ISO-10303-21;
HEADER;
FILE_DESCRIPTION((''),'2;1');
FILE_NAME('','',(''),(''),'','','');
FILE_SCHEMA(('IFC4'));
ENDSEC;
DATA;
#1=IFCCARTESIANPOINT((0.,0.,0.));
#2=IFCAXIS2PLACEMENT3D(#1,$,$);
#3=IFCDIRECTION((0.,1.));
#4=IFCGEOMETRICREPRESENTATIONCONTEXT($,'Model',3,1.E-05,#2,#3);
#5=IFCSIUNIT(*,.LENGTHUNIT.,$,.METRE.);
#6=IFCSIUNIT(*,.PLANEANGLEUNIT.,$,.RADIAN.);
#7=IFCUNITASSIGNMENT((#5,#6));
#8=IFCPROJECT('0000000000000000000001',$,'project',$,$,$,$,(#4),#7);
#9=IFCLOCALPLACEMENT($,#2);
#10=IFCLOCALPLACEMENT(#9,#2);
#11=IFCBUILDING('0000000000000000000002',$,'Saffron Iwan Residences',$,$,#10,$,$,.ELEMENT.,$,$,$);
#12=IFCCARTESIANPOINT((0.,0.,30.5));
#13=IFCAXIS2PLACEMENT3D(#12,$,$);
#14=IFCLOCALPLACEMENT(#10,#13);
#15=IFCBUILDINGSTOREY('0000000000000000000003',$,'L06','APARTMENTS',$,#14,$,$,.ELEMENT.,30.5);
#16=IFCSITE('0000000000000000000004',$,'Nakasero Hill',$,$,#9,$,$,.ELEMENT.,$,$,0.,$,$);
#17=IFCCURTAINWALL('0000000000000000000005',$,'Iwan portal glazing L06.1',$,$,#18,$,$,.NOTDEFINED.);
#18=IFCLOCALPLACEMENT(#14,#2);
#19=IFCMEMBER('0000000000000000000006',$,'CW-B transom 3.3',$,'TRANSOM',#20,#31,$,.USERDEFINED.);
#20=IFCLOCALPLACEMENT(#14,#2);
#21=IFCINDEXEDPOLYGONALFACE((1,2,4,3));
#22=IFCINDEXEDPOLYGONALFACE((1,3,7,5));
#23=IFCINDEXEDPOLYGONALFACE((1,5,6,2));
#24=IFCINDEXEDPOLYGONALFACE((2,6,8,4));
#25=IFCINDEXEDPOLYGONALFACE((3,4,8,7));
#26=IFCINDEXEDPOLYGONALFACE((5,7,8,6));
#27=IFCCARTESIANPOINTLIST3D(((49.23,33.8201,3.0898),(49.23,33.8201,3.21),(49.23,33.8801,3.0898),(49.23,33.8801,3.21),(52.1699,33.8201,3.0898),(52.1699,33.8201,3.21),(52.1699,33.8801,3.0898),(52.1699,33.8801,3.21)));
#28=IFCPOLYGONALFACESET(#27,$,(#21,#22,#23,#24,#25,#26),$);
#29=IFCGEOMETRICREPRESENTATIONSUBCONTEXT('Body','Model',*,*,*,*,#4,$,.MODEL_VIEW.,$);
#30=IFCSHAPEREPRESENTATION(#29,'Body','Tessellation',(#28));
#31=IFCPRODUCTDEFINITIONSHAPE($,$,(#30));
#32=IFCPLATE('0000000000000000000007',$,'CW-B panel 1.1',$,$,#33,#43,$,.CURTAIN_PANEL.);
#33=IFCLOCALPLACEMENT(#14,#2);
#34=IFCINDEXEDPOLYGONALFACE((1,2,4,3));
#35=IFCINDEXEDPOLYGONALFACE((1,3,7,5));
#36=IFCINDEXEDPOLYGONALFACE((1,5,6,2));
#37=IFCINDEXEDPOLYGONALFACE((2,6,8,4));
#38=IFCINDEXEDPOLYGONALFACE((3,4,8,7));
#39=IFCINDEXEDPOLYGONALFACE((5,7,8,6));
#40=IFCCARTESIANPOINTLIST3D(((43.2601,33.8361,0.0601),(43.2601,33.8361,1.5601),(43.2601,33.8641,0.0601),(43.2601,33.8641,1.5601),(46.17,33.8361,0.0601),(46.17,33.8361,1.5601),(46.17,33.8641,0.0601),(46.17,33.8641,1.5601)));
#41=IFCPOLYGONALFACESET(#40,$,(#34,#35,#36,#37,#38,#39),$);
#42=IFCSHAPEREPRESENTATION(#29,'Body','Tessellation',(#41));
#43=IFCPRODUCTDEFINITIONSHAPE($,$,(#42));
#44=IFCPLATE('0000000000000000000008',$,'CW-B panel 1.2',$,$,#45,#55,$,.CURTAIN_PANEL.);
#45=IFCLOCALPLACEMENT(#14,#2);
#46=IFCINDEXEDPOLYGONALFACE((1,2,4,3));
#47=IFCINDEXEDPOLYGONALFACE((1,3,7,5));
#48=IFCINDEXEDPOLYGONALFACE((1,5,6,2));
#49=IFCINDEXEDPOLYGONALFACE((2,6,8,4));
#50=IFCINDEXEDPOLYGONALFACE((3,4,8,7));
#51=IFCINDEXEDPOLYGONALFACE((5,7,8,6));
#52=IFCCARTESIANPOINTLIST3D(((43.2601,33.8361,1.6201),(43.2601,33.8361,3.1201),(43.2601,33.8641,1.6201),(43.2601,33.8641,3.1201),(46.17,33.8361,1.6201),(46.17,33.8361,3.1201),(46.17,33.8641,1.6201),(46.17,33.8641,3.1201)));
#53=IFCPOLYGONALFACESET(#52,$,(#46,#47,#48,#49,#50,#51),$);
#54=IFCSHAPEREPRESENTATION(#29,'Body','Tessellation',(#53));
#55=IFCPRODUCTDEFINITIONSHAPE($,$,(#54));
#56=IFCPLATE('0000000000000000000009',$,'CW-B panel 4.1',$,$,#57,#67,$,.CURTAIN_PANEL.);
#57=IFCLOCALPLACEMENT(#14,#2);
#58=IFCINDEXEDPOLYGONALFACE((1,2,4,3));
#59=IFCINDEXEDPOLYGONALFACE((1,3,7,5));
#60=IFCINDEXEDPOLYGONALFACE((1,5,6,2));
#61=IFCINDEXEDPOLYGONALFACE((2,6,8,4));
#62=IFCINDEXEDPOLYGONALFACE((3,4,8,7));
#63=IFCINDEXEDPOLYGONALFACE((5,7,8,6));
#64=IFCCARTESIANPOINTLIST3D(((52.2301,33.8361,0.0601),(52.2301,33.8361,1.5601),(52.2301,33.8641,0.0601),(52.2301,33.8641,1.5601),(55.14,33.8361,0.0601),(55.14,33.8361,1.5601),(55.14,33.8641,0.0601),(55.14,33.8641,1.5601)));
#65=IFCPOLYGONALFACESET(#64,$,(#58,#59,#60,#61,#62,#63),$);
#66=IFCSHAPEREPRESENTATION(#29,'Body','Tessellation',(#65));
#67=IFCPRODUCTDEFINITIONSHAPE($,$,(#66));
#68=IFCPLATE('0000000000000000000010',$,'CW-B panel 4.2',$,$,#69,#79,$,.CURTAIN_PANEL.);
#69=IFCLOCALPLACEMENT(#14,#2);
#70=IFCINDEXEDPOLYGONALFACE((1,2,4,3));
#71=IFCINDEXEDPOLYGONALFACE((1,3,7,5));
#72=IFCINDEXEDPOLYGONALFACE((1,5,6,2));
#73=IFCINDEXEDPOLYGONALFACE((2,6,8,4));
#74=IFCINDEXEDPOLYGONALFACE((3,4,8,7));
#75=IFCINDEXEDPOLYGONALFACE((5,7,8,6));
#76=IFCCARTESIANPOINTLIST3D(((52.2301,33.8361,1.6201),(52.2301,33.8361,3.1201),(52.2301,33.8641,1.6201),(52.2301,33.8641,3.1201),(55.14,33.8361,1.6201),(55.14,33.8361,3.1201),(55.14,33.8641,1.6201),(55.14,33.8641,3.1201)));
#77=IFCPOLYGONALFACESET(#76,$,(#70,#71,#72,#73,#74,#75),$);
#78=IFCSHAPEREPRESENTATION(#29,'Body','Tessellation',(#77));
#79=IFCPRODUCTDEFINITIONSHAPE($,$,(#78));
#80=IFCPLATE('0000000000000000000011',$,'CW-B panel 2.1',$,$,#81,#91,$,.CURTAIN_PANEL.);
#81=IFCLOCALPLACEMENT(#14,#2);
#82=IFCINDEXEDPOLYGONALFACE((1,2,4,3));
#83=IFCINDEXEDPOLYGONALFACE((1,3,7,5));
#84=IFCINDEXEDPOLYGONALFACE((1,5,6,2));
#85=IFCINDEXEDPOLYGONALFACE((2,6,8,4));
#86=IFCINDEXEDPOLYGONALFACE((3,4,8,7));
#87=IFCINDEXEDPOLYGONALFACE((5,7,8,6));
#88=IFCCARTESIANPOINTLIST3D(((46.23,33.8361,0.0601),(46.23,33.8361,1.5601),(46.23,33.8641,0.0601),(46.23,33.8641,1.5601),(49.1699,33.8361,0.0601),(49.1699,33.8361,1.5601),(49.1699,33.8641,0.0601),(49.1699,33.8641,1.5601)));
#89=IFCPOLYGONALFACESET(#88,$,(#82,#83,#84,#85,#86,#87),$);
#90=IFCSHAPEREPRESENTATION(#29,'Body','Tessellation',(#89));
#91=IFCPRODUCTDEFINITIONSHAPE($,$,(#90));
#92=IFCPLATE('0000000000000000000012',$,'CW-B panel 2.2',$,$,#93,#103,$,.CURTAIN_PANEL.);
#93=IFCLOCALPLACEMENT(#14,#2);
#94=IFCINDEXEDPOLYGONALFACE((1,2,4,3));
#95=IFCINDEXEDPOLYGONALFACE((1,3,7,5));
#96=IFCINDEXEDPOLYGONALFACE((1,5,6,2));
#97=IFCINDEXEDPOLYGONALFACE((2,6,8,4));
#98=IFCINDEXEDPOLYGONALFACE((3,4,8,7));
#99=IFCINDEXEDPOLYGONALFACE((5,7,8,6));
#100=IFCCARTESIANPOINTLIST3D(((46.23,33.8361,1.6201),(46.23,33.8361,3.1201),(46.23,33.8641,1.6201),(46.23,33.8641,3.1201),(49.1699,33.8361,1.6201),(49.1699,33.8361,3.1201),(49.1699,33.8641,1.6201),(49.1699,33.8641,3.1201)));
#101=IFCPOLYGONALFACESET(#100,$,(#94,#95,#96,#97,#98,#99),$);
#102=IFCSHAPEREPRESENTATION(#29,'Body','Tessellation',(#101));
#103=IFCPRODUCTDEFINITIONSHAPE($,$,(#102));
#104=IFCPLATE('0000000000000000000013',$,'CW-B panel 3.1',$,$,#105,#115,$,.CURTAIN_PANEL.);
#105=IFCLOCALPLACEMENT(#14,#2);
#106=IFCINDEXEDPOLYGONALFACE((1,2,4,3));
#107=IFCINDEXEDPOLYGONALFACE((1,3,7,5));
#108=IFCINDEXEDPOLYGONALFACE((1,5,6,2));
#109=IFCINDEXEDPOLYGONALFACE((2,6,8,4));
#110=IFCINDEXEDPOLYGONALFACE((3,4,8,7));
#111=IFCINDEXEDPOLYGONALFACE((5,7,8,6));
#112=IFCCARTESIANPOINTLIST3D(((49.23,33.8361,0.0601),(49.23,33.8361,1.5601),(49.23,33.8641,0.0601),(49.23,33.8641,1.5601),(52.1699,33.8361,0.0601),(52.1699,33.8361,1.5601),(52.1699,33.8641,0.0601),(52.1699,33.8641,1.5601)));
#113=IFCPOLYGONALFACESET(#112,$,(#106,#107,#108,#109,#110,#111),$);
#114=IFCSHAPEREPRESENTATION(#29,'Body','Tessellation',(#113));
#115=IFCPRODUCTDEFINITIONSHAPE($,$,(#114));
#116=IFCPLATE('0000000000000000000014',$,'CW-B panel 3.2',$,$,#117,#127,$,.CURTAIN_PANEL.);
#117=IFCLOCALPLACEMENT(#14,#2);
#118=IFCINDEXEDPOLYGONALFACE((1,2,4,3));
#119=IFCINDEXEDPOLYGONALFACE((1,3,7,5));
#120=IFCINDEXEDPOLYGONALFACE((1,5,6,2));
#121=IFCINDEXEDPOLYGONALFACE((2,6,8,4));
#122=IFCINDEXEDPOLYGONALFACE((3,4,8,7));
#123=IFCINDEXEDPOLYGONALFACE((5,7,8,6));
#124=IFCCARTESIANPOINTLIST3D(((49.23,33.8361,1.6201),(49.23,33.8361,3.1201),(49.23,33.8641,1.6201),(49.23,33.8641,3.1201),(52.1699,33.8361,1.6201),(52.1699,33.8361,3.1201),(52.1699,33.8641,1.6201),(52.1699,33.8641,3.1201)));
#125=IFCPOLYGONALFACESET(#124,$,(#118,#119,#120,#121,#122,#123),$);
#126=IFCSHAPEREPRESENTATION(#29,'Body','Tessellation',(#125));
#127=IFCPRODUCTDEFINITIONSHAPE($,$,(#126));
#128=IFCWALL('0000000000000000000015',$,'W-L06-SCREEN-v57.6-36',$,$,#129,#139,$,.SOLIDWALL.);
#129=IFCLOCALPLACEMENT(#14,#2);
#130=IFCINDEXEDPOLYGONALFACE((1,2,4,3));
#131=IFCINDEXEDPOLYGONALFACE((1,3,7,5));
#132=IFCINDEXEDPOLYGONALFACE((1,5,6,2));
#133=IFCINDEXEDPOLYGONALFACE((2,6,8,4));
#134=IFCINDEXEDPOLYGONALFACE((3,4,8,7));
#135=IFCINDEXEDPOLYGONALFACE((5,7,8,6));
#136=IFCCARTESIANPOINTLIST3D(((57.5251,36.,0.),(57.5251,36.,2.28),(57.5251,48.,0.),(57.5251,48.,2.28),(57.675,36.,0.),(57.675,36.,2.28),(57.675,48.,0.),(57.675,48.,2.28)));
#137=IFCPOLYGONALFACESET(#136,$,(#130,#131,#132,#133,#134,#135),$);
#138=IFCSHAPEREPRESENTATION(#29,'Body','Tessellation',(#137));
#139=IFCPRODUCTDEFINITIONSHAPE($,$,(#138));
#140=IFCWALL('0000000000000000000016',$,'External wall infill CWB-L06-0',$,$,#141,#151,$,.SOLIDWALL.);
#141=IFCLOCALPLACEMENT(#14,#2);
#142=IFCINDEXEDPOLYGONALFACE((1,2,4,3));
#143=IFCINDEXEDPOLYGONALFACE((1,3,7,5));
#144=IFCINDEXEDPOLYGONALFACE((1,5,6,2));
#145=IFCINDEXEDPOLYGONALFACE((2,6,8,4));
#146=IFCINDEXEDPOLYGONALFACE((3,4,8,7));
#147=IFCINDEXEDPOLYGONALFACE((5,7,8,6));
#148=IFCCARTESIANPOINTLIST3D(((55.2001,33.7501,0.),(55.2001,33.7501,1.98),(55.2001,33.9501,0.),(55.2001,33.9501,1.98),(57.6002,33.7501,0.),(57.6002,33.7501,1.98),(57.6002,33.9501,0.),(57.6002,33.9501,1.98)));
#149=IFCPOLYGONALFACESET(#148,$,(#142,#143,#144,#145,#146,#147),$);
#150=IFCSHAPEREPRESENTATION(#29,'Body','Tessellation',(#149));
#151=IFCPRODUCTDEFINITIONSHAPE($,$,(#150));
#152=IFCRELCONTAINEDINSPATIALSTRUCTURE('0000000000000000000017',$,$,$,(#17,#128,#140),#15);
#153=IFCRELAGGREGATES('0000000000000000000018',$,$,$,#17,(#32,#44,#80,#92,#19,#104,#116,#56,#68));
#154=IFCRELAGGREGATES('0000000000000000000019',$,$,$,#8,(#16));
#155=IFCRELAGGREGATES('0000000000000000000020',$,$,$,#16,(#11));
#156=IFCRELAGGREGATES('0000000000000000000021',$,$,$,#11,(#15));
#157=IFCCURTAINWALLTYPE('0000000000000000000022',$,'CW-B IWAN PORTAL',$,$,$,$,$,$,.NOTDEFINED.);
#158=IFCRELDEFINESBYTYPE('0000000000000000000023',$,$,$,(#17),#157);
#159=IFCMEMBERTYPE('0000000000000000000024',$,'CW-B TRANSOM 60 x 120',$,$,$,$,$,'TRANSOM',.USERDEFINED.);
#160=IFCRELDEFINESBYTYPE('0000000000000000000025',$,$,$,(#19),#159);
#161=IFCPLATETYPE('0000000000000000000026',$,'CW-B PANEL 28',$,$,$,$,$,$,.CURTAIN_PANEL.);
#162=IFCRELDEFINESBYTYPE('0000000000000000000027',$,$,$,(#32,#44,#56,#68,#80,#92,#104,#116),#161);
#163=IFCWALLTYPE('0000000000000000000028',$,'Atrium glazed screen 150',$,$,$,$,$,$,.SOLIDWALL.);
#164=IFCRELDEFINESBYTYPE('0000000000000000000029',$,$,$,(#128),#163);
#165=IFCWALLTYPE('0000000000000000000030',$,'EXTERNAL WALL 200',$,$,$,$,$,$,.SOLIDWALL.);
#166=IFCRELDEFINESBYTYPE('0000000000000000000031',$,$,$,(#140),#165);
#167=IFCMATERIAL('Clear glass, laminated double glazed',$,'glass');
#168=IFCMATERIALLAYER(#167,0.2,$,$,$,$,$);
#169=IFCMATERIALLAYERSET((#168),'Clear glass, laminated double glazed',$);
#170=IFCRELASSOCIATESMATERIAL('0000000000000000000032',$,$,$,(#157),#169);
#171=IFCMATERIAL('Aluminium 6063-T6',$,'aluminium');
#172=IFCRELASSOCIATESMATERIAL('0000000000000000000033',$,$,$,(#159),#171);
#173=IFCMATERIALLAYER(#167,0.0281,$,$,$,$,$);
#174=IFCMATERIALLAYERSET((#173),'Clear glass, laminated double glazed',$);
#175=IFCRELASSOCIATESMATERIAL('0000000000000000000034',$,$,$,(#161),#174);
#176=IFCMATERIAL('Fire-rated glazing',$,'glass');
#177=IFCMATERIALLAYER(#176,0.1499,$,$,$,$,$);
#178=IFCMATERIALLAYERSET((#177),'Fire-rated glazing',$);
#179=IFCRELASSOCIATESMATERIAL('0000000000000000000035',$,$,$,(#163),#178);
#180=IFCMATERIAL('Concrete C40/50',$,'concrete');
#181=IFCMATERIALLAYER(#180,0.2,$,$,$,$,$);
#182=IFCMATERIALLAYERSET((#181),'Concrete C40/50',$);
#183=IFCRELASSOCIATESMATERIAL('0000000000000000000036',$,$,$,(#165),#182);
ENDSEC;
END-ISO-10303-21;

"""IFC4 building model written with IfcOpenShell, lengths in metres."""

from ifc_helpers import new_model, si_unit, direction, frame, frame_2d, origin, origin_2d, place, context, subcontext, project, spatial, rectangle, extrude, source, transform, mapped, material, layer, layer_set, material_profile, profile_set, type_object, element, aggregate, save


model = new_model("IFC4")

# Units and contexts
model_context = context("Model", 3, precision=1e-05, world=origin(), true_north=direction((0.0, 1.0)))
body_context = subcontext(model_context, "Body", "Model", "MODEL_VIEW")
ifc_project = project(units=[si_unit("LENGTHUNIT", "METRE"), si_unit("PLANEANGLEUNIT", "RADIAN")], contexts=[model_context])

# Site, building, storey
site_placement = place(None, origin())
site = spatial("IfcSite", under=ifc_project, at=site_placement, Name="Nakasero Hill", CompositionType="ELEMENT", RefElevation=0.0)
building_placement = place(site_placement, origin())
building = spatial("IfcBuilding", under=site, at=building_placement, Name="Saffron Iwan Residences", CompositionType="ELEMENT")
storey_placement = place(building_placement, frame((0.0, 0.0, 30.5)))
storey = spatial("IfcBuildingStorey", under=building, at=storey_placement, Name="L06", Description="APARTMENTS", CompositionType="ELEMENT", Elevation=30.5)

# Curtain wall, member, plates
ifc_material_1 = material(Name="Clear glass, laminated double glazed", Category="glass")
ifc_layer_1 = layer(ifc_material_1, 0.2)
ifc_layer_set_1 = layer_set([ifc_layer_1], Name="Clear glass, laminated double glazed")
curtain_wall_type = type_object("IfcCurtainWallType", Name="CW-B IWAN PORTAL", PredefinedType="NOTDEFINED", material=ifc_layer_set_1)
curtain_wall_placement = place(storey_placement, origin())
curtain_wall = element("IfcCurtainWall", 1, at=curtain_wall_placement, inside=storey, type_object=curtain_wall_type, Name="Iwan portal glazing L06.1", PredefinedType="NOTDEFINED")
ifc_material_2 = material(Name="Aluminium 6063-T6", Category="aluminium")
ifc_material_profile_1 = material_profile(ifc_material_2, rectangle(XDim=0.0601, YDim=0.1201, at=origin_2d()), Name="CW-B TRANSOM 60 x 120")
ifc_profile_set_1 = profile_set([ifc_material_profile_1], Name="Aluminium 6063-T6")
member_type_1 = type_object("IfcMemberType", Name="CW-B TRANSOM 60 x 120", ElementType="TRANSOM", PredefinedType="USERDEFINED", material=ifc_profile_set_1)
shared_shape_1 = source(origin(), body_context, "Body", "SweptSolid", [
    extrude(rectangle(XDim=0.0601, YDim=0.1201, at=origin_2d()), origin(), (0.0, 0.0, 1.0), 2.9399),
])
member_1_placement = place(storey_placement, frame((49.23, 33.8501, 3.1499), z_axis=(1.0, 0.0, 0.0), x_axis=(0.0, 1.0, 0.0)))
member_1 = element("IfcMember", 2, at=member_1_placement, type_object=member_type_1, Name="CW-B transom 3.3", ObjectType="TRANSOM", PredefinedType="USERDEFINED", context=body_context, shape_type="MappedRepresentation", body=[
    mapped(shared_shape_1, transform((0.0, 0.0, 0.0))),
])
ifc_layer_2 = layer(ifc_material_1, 0.0281)
ifc_layer_set_2 = layer_set([ifc_layer_2], Name="Clear glass, laminated double glazed")
plate_type = type_object("IfcPlateType", Name="CW-B PANEL 28", PredefinedType="CURTAIN_PANEL", material=ifc_layer_set_2)
shared_shape_2 = source(origin(), body_context, "Body", "SweptSolid", [
    extrude(rectangle(XDim=2.9099, YDim=0.0281, at=origin_2d()), origin(), (0.0, 0.0, 1.0), 1.5),
])
plate_1_placement = place(storey_placement, frame((44.7151, 33.8501, 0.0601), z_axis=(0.0, 0.0, 1.0), x_axis=(1.0, 0.0, 0.0)))
plate_1 = element("IfcPlate", 3, at=plate_1_placement, type_object=plate_type, Name="CW-B panel 1.1", PredefinedType="CURTAIN_PANEL", context=body_context, shape_type="MappedRepresentation", body=[
    mapped(shared_shape_2, transform((0.0, 0.0, 0.0))),
])
plate_2_placement = place(storey_placement, frame((44.7151, 33.8501, 1.6201), z_axis=(0.0, 0.0, 1.0), x_axis=(1.0, 0.0, 0.0)))
plate_2 = element("IfcPlate", 4, at=plate_2_placement, type_object=plate_type, Name="CW-B panel 1.2", PredefinedType="CURTAIN_PANEL", context=body_context, shape_type="MappedRepresentation", body=[
    mapped(shared_shape_2, transform((0.0, 0.0, 0.0))),
])
plate_3_placement = place(storey_placement, frame((53.6851, 33.8501, 0.0601), z_axis=(0.0, 0.0, 1.0), x_axis=(1.0, 0.0, 0.0)))
plate_3 = element("IfcPlate", 5, at=plate_3_placement, type_object=plate_type, Name="CW-B panel 4.1", PredefinedType="CURTAIN_PANEL", context=body_context, shape_type="MappedRepresentation", body=[
    mapped(shared_shape_2, transform((0.0, 0.0, 0.0))),
])
plate_4_placement = place(storey_placement, frame((53.6851, 33.8501, 1.6201), z_axis=(0.0, 0.0, 1.0), x_axis=(1.0, 0.0, 0.0)))
plate_4 = element("IfcPlate", 6, at=plate_4_placement, type_object=plate_type, Name="CW-B panel 4.2", PredefinedType="CURTAIN_PANEL", context=body_context, shape_type="MappedRepresentation", body=[
    mapped(shared_shape_2, transform((0.0, 0.0, 0.0))),
])
shared_shape_3 = source(origin(), body_context, "Body", "SweptSolid", [
    extrude(rectangle(XDim=2.9399, YDim=0.0281, at=origin_2d()), origin(), (0.0, 0.0, 1.0), 1.5),
])
plate_5_placement = place(storey_placement, frame((47.7, 33.8501, 0.0601), z_axis=(0.0, 0.0, 1.0), x_axis=(1.0, 0.0, 0.0)))
plate_5 = element("IfcPlate", 7, at=plate_5_placement, type_object=plate_type, Name="CW-B panel 2.1", PredefinedType="CURTAIN_PANEL", context=body_context, shape_type="MappedRepresentation", body=[
    mapped(shared_shape_3, transform((0.0, 0.0, 0.0))),
])
plate_6_placement = place(storey_placement, frame((47.7, 33.8501, 1.6201), z_axis=(0.0, 0.0, 1.0), x_axis=(1.0, 0.0, 0.0)))
plate_6 = element("IfcPlate", 8, at=plate_6_placement, type_object=plate_type, Name="CW-B panel 2.2", PredefinedType="CURTAIN_PANEL", context=body_context, shape_type="MappedRepresentation", body=[
    mapped(shared_shape_3, transform((0.0, 0.0, 0.0))),
])
plate_7_placement = place(storey_placement, frame((50.7, 33.8501, 0.0601), z_axis=(0.0, 0.0, 1.0), x_axis=(1.0, 0.0, 0.0)))
plate_7 = element("IfcPlate", 9, at=plate_7_placement, type_object=plate_type, Name="CW-B panel 3.1", PredefinedType="CURTAIN_PANEL", context=body_context, shape_type="MappedRepresentation", body=[
    mapped(shared_shape_3, transform((0.0, 0.0, 0.0))),
])
plate_8_placement = place(storey_placement, frame((50.7, 33.8501, 1.6201), z_axis=(0.0, 0.0, 1.0), x_axis=(1.0, 0.0, 0.0)))
plate_8 = element("IfcPlate", 10, at=plate_8_placement, type_object=plate_type, Name="CW-B panel 3.2", PredefinedType="CURTAIN_PANEL", context=body_context, shape_type="MappedRepresentation", body=[
    mapped(shared_shape_3, transform((0.0, 0.0, 0.0))),
])
aggregate(curtain_wall, [plate_1, plate_2, plate_5, plate_6, member_1, plate_7, plate_8, plate_3, plate_4])

# Walls
ifc_material_3 = material(Name="Fire-rated glazing", Category="glass")
ifc_layer_3 = layer(ifc_material_3, 0.1499)
ifc_layer_set_3 = layer_set([ifc_layer_3], Name="Fire-rated glazing")
wall_type_1 = type_object("IfcWallType", Name="Atrium glazed screen 150", PredefinedType="SOLIDWALL", material=ifc_layer_set_3)
wall_1_placement = place(storey_placement, frame((57.6001, 36.0, 0.0), z_axis=(0.0, 0.0, 1.0), x_axis=(0.0, 1.0, 0.0)))
element("IfcWall", 11, at=wall_1_placement, inside=storey, type_object=wall_type_1, Name="W-L06-SCREEN-v57.6-36", PredefinedType="SOLIDWALL", context=body_context, shape_type="SweptSolid", body=[
    extrude(rectangle(XDim=12.0, YDim=0.1499, at=frame_2d((6.0, 0.0))), origin(), (0.0, 0.0, 1.0), 2.28),
])
ifc_material_4 = material(Name="Concrete C40/50", Category="concrete")
ifc_layer_4 = layer(ifc_material_4, 0.2)
ifc_layer_set_4 = layer_set([ifc_layer_4], Name="Concrete C40/50")
wall_type_2 = type_object("IfcWallType", Name="EXTERNAL WALL 200", PredefinedType="SOLIDWALL", material=ifc_layer_set_4)
wall_2_placement = place(storey_placement, frame((55.2, 33.8501, 0.0), z_axis=(0.0, 0.0, 1.0), x_axis=(1.0, 0.0, 0.0)))
element("IfcWall", 12, at=wall_2_placement, inside=storey, type_object=wall_type_2, Name="External wall infill CWB-L06-0", PredefinedType="SOLIDWALL", context=body_context, shape_type="SweptSolid", body=[
    extrude(rectangle(XDim=2.4001, YDim=0.2, at=frame_2d((1.2002, 0.0))), origin(), (0.0, 0.0, 1.0), 1.98),
])

save(model, "model.ifc")
